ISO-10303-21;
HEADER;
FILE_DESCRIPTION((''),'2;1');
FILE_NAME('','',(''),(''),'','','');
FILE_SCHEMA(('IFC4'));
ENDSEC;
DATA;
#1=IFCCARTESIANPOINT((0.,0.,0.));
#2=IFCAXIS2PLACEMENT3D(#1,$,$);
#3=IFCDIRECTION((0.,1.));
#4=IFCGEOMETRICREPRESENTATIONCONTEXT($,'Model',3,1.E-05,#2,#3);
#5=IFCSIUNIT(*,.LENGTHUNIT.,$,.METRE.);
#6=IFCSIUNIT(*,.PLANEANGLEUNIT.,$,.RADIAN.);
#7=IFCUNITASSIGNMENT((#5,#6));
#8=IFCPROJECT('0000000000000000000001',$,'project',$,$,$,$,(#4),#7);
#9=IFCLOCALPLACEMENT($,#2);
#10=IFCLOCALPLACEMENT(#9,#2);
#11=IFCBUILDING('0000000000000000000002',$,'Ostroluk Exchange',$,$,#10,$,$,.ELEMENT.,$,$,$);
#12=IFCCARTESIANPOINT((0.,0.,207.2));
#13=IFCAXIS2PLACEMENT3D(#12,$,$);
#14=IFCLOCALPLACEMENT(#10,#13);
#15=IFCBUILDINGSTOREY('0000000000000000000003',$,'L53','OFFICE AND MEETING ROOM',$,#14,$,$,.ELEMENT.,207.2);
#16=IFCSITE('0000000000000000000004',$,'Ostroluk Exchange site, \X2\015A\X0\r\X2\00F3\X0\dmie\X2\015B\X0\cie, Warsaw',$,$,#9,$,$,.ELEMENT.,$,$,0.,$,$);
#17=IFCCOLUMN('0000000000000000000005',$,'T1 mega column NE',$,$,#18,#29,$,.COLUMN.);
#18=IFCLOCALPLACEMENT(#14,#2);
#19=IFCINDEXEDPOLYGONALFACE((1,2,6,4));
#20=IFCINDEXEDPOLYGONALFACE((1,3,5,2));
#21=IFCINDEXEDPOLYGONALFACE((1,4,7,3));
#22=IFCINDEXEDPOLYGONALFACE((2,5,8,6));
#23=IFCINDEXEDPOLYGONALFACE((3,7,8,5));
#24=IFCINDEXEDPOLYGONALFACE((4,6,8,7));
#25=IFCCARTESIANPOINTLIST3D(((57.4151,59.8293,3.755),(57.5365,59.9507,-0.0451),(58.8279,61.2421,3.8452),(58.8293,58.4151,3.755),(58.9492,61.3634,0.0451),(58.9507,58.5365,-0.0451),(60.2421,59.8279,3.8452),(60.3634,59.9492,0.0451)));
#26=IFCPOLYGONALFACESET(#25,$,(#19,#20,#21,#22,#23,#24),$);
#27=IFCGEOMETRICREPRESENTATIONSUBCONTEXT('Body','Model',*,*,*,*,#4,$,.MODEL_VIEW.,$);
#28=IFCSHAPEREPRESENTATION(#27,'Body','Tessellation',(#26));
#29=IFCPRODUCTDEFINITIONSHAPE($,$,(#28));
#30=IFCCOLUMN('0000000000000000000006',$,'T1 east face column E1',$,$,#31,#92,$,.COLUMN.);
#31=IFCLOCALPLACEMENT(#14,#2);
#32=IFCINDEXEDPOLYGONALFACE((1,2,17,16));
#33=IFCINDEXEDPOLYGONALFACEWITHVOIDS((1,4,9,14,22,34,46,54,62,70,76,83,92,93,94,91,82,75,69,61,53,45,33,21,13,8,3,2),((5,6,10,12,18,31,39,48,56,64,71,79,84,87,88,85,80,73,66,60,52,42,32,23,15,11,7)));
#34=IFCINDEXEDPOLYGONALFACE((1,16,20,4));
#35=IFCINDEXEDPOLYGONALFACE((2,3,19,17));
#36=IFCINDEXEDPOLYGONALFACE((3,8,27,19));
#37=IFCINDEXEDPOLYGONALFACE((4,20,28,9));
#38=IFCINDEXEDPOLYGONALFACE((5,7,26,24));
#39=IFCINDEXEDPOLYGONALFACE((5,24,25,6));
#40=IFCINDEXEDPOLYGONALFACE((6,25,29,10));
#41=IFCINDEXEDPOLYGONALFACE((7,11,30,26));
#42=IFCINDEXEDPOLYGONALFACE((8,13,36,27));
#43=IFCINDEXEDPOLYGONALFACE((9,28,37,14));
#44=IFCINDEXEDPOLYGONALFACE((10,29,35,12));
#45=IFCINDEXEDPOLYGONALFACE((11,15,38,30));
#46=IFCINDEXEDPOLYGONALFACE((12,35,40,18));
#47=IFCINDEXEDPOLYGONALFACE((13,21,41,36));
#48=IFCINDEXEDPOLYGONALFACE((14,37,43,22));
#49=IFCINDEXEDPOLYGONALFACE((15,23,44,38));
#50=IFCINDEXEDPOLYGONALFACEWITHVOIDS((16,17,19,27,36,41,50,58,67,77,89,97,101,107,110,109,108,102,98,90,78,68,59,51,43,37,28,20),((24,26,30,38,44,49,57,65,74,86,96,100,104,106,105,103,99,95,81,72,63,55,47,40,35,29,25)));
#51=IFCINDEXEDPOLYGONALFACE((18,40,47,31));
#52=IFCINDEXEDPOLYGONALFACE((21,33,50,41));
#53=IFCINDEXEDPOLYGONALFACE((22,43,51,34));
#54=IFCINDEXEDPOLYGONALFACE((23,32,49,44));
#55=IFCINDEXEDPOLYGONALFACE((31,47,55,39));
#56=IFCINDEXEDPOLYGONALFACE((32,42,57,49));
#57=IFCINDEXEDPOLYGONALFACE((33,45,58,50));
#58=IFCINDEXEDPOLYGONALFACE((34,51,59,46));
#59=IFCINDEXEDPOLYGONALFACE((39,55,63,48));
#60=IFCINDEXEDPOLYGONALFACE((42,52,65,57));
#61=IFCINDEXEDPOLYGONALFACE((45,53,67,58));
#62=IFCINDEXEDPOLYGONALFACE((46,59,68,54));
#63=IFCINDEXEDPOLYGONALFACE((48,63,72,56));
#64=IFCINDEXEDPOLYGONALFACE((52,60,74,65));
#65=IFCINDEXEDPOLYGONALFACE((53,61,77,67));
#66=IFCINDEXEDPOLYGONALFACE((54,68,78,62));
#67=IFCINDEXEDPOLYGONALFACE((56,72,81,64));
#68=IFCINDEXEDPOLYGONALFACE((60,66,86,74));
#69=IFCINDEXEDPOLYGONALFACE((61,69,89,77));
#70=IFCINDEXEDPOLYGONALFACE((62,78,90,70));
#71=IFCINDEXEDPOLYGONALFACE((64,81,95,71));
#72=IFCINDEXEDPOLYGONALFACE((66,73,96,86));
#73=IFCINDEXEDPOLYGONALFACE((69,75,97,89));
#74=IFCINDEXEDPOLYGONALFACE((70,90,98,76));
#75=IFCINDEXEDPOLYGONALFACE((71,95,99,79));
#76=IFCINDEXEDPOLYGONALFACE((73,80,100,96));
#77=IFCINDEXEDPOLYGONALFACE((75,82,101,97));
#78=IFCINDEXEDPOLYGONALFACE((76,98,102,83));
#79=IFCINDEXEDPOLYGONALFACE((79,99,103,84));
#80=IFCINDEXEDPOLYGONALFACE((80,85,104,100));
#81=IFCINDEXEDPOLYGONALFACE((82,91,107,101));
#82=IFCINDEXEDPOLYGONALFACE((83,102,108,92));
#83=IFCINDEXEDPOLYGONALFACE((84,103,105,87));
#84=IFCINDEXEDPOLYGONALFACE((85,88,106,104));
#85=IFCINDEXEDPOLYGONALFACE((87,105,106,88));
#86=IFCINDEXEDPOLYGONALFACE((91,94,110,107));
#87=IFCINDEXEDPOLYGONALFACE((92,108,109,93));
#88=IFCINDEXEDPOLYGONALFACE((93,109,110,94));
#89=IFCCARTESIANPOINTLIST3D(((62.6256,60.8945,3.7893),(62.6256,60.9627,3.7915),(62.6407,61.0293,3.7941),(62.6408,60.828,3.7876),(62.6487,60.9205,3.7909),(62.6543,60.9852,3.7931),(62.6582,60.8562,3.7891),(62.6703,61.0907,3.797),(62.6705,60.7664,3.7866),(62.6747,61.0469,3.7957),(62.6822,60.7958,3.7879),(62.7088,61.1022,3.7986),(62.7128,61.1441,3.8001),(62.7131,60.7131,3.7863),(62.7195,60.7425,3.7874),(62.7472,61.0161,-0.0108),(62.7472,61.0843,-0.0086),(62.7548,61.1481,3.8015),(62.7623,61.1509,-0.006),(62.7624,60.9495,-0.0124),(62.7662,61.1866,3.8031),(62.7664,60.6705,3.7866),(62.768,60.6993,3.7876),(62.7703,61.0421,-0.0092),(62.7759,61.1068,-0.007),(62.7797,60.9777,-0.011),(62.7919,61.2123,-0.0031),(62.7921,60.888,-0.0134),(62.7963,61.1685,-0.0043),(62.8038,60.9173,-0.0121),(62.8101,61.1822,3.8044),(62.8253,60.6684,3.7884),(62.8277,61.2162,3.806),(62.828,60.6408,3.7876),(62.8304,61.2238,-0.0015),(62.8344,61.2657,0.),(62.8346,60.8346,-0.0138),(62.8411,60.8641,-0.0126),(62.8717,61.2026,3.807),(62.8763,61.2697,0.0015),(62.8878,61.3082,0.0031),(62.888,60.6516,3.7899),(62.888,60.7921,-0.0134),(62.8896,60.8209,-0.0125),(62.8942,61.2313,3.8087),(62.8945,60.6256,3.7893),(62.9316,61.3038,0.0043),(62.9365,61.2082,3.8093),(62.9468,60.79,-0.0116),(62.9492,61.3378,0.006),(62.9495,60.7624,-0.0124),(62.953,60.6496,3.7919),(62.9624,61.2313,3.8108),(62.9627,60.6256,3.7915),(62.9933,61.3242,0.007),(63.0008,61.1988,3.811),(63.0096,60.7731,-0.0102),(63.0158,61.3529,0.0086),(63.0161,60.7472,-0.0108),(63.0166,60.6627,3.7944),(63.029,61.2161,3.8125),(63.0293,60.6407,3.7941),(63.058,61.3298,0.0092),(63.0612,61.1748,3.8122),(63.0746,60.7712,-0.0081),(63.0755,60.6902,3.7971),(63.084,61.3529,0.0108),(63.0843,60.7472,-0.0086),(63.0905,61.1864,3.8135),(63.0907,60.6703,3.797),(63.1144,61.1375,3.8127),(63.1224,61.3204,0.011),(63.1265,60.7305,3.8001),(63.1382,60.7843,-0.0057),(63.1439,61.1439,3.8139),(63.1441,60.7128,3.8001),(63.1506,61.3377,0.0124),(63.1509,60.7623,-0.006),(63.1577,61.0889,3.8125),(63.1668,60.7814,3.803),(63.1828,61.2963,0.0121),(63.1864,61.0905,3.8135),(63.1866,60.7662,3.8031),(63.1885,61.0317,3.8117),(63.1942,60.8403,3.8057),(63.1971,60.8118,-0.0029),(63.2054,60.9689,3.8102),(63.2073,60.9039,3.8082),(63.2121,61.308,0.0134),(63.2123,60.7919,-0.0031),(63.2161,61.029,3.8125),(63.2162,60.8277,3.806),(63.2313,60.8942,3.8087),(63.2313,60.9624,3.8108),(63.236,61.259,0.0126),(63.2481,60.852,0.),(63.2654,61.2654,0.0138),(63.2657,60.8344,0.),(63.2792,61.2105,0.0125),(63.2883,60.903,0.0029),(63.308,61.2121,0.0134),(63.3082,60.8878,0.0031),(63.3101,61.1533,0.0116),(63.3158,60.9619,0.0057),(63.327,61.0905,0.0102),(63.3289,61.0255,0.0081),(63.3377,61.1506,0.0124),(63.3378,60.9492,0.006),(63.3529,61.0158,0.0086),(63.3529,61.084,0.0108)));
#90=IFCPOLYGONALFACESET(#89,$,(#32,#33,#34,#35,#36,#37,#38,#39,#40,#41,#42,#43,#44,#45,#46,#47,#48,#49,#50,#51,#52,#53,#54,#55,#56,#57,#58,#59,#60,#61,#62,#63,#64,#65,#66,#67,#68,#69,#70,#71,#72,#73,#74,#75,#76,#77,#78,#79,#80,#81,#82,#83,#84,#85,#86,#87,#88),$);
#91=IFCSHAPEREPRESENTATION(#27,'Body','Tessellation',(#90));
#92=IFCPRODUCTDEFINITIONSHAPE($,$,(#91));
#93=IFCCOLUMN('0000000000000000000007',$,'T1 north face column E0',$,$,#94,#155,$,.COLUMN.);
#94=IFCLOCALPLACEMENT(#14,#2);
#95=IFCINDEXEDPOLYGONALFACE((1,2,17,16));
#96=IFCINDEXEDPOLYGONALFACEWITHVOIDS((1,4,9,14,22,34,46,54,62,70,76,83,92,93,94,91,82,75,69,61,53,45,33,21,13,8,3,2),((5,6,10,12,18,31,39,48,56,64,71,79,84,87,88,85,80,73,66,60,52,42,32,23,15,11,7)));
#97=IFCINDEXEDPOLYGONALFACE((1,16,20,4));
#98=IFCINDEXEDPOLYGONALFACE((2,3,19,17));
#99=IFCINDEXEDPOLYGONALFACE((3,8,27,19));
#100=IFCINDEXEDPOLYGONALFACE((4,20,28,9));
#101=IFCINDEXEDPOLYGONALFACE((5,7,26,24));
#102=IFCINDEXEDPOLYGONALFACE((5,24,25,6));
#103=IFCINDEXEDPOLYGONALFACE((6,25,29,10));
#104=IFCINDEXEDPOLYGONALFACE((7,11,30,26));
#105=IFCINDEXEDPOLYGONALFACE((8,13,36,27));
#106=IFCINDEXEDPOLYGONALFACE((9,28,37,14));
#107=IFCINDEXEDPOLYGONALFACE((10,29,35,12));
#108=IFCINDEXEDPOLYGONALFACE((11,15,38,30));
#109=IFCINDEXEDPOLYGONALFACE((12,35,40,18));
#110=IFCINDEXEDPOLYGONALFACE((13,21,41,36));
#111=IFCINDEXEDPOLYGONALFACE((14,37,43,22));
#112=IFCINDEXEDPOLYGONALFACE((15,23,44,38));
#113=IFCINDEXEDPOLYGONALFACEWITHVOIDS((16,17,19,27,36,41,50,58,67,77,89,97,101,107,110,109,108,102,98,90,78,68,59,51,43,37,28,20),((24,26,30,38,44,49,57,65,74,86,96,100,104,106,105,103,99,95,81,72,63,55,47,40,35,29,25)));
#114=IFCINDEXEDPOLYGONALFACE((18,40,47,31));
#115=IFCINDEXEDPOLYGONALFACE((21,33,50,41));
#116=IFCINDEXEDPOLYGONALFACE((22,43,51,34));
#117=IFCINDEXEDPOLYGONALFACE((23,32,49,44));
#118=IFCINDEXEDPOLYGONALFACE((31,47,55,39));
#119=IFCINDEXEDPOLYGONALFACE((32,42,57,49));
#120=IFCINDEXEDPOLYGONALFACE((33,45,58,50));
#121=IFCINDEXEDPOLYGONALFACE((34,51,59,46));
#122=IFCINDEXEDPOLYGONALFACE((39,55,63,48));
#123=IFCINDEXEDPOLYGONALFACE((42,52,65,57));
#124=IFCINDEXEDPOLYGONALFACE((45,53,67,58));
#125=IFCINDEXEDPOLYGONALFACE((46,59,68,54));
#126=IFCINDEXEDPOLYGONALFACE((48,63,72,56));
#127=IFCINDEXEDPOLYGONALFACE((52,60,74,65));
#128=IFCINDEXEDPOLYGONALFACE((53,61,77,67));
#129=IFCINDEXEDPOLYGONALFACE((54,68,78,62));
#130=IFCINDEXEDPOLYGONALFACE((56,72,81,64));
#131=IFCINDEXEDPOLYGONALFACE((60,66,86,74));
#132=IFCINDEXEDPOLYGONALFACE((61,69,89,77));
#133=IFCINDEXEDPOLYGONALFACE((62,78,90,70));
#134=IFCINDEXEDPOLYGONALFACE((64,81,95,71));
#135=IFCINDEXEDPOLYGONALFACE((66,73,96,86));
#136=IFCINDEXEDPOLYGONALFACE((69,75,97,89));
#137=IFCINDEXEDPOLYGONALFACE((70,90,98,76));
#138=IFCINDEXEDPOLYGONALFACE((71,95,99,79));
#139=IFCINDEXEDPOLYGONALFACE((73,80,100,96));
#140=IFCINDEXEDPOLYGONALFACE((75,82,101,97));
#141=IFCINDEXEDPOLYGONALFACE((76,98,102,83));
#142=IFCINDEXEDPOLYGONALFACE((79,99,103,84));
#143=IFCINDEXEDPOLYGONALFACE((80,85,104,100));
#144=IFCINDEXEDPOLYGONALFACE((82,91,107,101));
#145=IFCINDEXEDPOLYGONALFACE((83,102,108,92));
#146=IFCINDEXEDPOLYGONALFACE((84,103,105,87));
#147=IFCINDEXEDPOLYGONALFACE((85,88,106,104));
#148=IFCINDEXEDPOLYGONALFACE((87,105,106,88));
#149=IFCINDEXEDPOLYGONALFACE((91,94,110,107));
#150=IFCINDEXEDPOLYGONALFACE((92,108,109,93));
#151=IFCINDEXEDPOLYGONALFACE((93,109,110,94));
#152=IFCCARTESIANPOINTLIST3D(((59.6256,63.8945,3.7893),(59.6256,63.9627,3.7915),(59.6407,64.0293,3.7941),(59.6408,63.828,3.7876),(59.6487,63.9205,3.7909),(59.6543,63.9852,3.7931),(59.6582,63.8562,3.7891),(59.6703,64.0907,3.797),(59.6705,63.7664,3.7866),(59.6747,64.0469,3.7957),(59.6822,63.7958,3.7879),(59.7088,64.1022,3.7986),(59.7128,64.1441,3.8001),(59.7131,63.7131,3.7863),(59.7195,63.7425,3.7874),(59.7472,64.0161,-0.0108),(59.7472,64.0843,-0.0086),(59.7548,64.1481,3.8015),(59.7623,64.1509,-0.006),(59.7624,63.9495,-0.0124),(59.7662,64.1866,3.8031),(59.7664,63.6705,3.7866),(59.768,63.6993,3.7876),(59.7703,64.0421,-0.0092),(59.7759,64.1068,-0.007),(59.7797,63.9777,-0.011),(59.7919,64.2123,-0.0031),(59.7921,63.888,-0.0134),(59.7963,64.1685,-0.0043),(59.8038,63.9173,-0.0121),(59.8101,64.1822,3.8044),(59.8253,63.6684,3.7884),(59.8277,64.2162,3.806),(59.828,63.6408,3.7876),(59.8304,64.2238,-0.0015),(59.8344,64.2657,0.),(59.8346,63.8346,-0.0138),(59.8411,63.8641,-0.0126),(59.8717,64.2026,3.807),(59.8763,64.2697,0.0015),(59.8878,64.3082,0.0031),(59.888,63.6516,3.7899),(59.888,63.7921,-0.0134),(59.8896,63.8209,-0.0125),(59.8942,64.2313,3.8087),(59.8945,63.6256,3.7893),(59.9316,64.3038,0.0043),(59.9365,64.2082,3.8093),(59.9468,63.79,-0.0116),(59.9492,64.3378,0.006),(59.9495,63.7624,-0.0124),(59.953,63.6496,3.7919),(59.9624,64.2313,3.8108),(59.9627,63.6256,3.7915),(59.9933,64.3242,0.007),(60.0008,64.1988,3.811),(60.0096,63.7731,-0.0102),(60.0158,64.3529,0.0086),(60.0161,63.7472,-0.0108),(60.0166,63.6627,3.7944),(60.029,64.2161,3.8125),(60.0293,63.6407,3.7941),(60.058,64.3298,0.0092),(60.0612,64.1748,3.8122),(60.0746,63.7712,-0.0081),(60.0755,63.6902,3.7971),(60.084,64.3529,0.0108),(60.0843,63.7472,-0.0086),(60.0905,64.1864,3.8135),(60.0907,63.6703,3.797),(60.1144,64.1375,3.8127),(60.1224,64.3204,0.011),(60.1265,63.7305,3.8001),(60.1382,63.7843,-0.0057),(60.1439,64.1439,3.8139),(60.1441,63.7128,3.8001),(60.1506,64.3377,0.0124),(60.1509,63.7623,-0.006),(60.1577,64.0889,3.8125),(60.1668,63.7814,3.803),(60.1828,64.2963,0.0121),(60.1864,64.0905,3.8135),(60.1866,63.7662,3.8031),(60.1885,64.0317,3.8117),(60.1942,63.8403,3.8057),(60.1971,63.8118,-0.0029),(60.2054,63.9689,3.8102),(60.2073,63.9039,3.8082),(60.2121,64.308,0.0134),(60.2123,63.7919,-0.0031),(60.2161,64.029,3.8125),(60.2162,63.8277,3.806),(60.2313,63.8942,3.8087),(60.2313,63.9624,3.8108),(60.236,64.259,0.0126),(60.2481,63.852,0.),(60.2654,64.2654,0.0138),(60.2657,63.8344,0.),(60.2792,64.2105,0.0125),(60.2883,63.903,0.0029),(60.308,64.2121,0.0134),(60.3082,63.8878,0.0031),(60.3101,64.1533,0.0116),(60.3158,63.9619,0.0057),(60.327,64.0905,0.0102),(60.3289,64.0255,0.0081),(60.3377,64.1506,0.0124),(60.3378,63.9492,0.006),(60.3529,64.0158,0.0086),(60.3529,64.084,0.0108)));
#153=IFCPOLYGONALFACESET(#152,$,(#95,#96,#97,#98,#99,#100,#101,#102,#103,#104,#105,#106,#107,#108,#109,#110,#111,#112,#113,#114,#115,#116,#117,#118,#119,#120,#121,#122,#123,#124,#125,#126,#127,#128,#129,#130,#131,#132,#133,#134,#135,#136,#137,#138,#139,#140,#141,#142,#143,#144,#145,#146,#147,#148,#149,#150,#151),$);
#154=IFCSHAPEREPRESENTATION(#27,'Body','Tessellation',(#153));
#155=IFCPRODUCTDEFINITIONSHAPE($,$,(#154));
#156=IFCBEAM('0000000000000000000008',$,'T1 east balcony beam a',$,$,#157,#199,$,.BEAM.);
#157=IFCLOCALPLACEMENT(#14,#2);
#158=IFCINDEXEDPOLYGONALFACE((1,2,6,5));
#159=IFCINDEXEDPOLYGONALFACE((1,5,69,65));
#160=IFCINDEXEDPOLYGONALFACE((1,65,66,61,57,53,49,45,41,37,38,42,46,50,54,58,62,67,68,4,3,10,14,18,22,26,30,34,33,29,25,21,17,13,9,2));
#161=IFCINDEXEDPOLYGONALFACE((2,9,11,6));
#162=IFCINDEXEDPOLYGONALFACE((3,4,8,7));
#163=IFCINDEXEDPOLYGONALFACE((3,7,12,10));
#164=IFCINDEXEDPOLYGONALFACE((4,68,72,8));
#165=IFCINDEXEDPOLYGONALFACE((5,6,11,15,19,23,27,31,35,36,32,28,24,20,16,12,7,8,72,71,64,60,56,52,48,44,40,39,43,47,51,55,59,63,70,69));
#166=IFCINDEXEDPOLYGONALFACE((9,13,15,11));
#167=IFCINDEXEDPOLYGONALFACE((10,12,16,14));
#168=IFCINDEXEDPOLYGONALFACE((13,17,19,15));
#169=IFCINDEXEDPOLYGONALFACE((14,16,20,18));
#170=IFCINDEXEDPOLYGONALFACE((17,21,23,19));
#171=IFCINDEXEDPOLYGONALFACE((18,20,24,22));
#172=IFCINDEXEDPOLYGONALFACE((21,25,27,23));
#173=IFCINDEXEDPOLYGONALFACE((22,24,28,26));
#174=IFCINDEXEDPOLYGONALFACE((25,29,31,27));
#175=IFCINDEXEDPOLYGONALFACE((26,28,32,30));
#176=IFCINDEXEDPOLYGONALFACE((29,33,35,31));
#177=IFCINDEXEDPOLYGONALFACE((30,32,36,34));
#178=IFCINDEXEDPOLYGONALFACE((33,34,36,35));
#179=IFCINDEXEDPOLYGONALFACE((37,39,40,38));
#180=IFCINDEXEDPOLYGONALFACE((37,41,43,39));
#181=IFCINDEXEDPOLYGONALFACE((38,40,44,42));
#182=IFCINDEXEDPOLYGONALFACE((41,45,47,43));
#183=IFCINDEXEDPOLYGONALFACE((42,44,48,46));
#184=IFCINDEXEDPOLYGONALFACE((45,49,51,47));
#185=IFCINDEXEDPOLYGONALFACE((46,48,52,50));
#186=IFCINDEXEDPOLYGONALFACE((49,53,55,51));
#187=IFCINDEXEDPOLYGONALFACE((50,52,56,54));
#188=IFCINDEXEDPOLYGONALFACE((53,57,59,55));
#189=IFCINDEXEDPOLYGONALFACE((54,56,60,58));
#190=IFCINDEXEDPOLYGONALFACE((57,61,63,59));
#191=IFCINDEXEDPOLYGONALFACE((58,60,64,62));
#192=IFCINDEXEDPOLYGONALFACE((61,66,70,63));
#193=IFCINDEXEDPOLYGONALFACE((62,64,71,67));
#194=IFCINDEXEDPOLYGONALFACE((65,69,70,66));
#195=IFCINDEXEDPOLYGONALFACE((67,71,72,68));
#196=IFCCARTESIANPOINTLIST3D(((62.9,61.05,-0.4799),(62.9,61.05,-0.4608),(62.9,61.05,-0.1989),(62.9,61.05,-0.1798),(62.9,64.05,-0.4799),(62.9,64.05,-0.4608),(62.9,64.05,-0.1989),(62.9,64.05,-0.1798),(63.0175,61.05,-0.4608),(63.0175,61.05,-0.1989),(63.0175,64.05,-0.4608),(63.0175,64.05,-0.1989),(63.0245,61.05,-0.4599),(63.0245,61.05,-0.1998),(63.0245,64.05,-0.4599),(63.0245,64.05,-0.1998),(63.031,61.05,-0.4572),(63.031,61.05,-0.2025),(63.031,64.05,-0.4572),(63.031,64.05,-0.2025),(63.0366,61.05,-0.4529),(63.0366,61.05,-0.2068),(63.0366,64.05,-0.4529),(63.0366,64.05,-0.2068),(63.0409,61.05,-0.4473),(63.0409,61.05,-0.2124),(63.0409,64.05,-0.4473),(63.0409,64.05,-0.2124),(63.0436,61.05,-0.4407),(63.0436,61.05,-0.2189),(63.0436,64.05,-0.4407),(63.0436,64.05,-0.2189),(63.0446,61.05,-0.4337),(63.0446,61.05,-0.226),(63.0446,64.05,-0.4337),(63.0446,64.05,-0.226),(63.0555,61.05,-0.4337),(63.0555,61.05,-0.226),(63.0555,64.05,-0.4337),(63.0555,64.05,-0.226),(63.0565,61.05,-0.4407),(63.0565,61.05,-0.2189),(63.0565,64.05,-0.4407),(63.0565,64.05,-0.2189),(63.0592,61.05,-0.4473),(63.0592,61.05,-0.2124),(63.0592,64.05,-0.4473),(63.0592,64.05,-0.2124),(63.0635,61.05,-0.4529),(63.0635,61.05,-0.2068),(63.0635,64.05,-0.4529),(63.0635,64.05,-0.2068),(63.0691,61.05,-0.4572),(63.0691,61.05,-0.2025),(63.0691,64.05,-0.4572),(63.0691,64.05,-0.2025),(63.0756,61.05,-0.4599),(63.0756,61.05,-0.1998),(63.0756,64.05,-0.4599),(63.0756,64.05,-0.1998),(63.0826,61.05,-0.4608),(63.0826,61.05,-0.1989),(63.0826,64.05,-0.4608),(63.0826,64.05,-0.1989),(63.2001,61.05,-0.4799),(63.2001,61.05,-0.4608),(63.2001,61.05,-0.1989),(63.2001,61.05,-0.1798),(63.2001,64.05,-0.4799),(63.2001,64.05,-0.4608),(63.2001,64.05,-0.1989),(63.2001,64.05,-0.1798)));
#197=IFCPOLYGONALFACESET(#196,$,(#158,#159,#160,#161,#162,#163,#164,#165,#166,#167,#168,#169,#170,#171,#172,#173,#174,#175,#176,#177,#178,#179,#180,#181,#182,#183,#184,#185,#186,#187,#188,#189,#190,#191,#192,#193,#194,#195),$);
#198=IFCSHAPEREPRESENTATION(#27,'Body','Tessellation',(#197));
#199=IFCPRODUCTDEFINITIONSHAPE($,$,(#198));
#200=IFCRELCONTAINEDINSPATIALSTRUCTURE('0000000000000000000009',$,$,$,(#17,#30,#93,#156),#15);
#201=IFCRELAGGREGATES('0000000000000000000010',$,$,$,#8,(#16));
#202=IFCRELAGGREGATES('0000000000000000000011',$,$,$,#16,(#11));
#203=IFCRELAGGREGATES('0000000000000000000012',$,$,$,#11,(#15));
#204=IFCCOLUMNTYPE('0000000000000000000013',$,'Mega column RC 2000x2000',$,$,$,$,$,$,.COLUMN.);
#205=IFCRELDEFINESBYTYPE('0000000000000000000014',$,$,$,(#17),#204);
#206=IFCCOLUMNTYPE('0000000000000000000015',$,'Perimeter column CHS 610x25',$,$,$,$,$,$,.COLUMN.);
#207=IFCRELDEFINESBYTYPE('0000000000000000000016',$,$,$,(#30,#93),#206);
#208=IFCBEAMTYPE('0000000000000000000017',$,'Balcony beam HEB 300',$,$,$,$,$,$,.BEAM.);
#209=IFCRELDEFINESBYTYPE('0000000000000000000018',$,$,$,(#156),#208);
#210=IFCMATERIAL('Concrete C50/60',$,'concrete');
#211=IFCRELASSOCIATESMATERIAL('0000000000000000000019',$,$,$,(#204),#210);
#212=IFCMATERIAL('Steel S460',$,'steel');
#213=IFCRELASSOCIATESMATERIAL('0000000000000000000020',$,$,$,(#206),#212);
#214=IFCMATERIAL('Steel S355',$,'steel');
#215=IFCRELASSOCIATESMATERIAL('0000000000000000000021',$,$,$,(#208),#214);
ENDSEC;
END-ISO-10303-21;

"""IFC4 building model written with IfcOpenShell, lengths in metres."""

from ifc_helpers import new_model, si_unit, direction, frame, origin, origin_2d, place, context, subcontext, project, spatial, rectangle, hollow_circle, i_section, extrude, material, material_profile, profile_set, type_object, element, save


model = new_model("IFC4")

# Units and contexts
model_context = context("Model", 3, precision=1e-05, world=origin(), true_north=direction((0.0, 1.0)))
body_context = subcontext(model_context, "Body", "Model", "MODEL_VIEW")
ifc_project = project(units=[si_unit("LENGTHUNIT", "METRE"), si_unit("PLANEANGLEUNIT", "RADIAN")], contexts=[model_context])

# Site, building, storey
site_placement = place(None, origin())
site = spatial("IfcSite", under=ifc_project, at=site_placement, Name="Ostroluk Exchange site, Śródmieście, Warsaw", CompositionType="ELEMENT", RefElevation=0.0)
building_placement = place(site_placement, origin())
building = spatial("IfcBuilding", under=site, at=building_placement, Name="Ostroluk Exchange", CompositionType="ELEMENT")
storey_placement = place(building_placement, frame((0.0, 0.0, 207.2)))
storey = spatial("IfcBuildingStorey", under=building, at=storey_placement, Name="L53", Description="OFFICE AND MEETING ROOM", CompositionType="ELEMENT", Elevation=207.2)

# Columns
ifc_material_1 = material(Name="Concrete C50/60", Category="concrete")
ifc_material_profile_1 = material_profile(ifc_material_1, rectangle(XDim=2.0, YDim=2.0, at=origin_2d()), Name="RC 2000x2000")
ifc_profile_set_1 = profile_set([ifc_material_profile_1], Name="Concrete C50/60")
column_type_1 = type_object("IfcColumnType", Name="Mega column RC 2000x2000", PredefinedType="COLUMN", material=ifc_profile_set_1)
column_placement = place(storey_placement, frame((58.95, 59.95, 0.0), z_axis=(-0.031898, -0.031898, 0.998982), x_axis=(0.707107, -0.707107, 0.0)))
element("IfcColumn", 1, at=column_placement, inside=storey, type_object=column_type_1, Name="T1 mega column NE", PredefinedType="COLUMN", context=body_context, shape_type="SweptSolid", body=[
    extrude(rectangle(XDim=2.0, YDim=2.0, at=origin_2d()), origin(), (0.0, 0.0, 1.0), 3.804),
])
ifc_material_2 = material(Name="Steel S460", Category="steel")
ifc_material_profile_2 = material_profile(ifc_material_2, hollow_circle(Radius=0.3049, WallThickness=0.0249, at=origin_2d()), Name="CHS 610x25")
ifc_profile_set_2 = profile_set([ifc_material_profile_2], Name="Steel S460")
column_type_2 = type_object("IfcColumnType", Name="Perimeter column CHS 610x25", PredefinedType="COLUMN", material=ifc_profile_set_2)
for number, where, z_axis, x_axis, name in (
    (2, (63.05, 61.05, 0.0), (-0.031962, -0.031962, 0.998978), (0.707107, -0.707107, 0.0), "T1 east face column E1"),
    (3, (60.05, 64.05, 0.0), (-0.031962, -0.031962, 0.998978), (0.707107, -0.707107, 0.0), "T1 north face column E0"),
):
    element("IfcColumn", number, at=place(storey_placement, frame(where, z_axis=z_axis, x_axis=x_axis)), inside=storey, type_object=column_type_2, Name=name, PredefinedType="COLUMN", context=body_context, shape_type="SweptSolid", body=[
        extrude(hollow_circle(Radius=0.3049, WallThickness=0.0249, at=origin_2d()), origin(), (0.0, 0.0, 1.0), 3.804),
    ])

# Beam
ifc_material_3 = material(Name="Steel S355", Category="steel")
ifc_material_profile_3 = material_profile(ifc_material_3, i_section(OverallWidth=0.3, OverallDepth=0.3, WebThickness=0.011, FlangeThickness=0.019, FilletRadius=0.0271, at=origin_2d()), Name="HEB 300")
ifc_profile_set_3 = profile_set([ifc_material_profile_3], Name="Steel S355")
beam_type_1 = type_object("IfcBeamType", Name="Balcony beam HEB 300", PredefinedType="BEAM", material=ifc_profile_set_3)
for number, where, z_axis, x_axis, name in (
    (4, (63.05, 61.05, -0.3298), (0.0, 1.0, 0.0), (-1.0, 0.0, 0.0), "T1 east balcony beam a"),
):
    element("IfcBeam", number, at=place(storey_placement, frame(where, z_axis=z_axis, x_axis=x_axis)), inside=storey, type_object=beam_type_1, Name=name, PredefinedType="BEAM", context=body_context, shape_type="SweptSolid", body=[
        extrude(i_section(OverallWidth=0.3, OverallDepth=0.3, WebThickness=0.011, FlangeThickness=0.019, FilletRadius=0.0271, at=origin_2d()), origin(), (0.0, 0.0, 1.0), 3.0),
    ])

save(model, "model.ifc")
